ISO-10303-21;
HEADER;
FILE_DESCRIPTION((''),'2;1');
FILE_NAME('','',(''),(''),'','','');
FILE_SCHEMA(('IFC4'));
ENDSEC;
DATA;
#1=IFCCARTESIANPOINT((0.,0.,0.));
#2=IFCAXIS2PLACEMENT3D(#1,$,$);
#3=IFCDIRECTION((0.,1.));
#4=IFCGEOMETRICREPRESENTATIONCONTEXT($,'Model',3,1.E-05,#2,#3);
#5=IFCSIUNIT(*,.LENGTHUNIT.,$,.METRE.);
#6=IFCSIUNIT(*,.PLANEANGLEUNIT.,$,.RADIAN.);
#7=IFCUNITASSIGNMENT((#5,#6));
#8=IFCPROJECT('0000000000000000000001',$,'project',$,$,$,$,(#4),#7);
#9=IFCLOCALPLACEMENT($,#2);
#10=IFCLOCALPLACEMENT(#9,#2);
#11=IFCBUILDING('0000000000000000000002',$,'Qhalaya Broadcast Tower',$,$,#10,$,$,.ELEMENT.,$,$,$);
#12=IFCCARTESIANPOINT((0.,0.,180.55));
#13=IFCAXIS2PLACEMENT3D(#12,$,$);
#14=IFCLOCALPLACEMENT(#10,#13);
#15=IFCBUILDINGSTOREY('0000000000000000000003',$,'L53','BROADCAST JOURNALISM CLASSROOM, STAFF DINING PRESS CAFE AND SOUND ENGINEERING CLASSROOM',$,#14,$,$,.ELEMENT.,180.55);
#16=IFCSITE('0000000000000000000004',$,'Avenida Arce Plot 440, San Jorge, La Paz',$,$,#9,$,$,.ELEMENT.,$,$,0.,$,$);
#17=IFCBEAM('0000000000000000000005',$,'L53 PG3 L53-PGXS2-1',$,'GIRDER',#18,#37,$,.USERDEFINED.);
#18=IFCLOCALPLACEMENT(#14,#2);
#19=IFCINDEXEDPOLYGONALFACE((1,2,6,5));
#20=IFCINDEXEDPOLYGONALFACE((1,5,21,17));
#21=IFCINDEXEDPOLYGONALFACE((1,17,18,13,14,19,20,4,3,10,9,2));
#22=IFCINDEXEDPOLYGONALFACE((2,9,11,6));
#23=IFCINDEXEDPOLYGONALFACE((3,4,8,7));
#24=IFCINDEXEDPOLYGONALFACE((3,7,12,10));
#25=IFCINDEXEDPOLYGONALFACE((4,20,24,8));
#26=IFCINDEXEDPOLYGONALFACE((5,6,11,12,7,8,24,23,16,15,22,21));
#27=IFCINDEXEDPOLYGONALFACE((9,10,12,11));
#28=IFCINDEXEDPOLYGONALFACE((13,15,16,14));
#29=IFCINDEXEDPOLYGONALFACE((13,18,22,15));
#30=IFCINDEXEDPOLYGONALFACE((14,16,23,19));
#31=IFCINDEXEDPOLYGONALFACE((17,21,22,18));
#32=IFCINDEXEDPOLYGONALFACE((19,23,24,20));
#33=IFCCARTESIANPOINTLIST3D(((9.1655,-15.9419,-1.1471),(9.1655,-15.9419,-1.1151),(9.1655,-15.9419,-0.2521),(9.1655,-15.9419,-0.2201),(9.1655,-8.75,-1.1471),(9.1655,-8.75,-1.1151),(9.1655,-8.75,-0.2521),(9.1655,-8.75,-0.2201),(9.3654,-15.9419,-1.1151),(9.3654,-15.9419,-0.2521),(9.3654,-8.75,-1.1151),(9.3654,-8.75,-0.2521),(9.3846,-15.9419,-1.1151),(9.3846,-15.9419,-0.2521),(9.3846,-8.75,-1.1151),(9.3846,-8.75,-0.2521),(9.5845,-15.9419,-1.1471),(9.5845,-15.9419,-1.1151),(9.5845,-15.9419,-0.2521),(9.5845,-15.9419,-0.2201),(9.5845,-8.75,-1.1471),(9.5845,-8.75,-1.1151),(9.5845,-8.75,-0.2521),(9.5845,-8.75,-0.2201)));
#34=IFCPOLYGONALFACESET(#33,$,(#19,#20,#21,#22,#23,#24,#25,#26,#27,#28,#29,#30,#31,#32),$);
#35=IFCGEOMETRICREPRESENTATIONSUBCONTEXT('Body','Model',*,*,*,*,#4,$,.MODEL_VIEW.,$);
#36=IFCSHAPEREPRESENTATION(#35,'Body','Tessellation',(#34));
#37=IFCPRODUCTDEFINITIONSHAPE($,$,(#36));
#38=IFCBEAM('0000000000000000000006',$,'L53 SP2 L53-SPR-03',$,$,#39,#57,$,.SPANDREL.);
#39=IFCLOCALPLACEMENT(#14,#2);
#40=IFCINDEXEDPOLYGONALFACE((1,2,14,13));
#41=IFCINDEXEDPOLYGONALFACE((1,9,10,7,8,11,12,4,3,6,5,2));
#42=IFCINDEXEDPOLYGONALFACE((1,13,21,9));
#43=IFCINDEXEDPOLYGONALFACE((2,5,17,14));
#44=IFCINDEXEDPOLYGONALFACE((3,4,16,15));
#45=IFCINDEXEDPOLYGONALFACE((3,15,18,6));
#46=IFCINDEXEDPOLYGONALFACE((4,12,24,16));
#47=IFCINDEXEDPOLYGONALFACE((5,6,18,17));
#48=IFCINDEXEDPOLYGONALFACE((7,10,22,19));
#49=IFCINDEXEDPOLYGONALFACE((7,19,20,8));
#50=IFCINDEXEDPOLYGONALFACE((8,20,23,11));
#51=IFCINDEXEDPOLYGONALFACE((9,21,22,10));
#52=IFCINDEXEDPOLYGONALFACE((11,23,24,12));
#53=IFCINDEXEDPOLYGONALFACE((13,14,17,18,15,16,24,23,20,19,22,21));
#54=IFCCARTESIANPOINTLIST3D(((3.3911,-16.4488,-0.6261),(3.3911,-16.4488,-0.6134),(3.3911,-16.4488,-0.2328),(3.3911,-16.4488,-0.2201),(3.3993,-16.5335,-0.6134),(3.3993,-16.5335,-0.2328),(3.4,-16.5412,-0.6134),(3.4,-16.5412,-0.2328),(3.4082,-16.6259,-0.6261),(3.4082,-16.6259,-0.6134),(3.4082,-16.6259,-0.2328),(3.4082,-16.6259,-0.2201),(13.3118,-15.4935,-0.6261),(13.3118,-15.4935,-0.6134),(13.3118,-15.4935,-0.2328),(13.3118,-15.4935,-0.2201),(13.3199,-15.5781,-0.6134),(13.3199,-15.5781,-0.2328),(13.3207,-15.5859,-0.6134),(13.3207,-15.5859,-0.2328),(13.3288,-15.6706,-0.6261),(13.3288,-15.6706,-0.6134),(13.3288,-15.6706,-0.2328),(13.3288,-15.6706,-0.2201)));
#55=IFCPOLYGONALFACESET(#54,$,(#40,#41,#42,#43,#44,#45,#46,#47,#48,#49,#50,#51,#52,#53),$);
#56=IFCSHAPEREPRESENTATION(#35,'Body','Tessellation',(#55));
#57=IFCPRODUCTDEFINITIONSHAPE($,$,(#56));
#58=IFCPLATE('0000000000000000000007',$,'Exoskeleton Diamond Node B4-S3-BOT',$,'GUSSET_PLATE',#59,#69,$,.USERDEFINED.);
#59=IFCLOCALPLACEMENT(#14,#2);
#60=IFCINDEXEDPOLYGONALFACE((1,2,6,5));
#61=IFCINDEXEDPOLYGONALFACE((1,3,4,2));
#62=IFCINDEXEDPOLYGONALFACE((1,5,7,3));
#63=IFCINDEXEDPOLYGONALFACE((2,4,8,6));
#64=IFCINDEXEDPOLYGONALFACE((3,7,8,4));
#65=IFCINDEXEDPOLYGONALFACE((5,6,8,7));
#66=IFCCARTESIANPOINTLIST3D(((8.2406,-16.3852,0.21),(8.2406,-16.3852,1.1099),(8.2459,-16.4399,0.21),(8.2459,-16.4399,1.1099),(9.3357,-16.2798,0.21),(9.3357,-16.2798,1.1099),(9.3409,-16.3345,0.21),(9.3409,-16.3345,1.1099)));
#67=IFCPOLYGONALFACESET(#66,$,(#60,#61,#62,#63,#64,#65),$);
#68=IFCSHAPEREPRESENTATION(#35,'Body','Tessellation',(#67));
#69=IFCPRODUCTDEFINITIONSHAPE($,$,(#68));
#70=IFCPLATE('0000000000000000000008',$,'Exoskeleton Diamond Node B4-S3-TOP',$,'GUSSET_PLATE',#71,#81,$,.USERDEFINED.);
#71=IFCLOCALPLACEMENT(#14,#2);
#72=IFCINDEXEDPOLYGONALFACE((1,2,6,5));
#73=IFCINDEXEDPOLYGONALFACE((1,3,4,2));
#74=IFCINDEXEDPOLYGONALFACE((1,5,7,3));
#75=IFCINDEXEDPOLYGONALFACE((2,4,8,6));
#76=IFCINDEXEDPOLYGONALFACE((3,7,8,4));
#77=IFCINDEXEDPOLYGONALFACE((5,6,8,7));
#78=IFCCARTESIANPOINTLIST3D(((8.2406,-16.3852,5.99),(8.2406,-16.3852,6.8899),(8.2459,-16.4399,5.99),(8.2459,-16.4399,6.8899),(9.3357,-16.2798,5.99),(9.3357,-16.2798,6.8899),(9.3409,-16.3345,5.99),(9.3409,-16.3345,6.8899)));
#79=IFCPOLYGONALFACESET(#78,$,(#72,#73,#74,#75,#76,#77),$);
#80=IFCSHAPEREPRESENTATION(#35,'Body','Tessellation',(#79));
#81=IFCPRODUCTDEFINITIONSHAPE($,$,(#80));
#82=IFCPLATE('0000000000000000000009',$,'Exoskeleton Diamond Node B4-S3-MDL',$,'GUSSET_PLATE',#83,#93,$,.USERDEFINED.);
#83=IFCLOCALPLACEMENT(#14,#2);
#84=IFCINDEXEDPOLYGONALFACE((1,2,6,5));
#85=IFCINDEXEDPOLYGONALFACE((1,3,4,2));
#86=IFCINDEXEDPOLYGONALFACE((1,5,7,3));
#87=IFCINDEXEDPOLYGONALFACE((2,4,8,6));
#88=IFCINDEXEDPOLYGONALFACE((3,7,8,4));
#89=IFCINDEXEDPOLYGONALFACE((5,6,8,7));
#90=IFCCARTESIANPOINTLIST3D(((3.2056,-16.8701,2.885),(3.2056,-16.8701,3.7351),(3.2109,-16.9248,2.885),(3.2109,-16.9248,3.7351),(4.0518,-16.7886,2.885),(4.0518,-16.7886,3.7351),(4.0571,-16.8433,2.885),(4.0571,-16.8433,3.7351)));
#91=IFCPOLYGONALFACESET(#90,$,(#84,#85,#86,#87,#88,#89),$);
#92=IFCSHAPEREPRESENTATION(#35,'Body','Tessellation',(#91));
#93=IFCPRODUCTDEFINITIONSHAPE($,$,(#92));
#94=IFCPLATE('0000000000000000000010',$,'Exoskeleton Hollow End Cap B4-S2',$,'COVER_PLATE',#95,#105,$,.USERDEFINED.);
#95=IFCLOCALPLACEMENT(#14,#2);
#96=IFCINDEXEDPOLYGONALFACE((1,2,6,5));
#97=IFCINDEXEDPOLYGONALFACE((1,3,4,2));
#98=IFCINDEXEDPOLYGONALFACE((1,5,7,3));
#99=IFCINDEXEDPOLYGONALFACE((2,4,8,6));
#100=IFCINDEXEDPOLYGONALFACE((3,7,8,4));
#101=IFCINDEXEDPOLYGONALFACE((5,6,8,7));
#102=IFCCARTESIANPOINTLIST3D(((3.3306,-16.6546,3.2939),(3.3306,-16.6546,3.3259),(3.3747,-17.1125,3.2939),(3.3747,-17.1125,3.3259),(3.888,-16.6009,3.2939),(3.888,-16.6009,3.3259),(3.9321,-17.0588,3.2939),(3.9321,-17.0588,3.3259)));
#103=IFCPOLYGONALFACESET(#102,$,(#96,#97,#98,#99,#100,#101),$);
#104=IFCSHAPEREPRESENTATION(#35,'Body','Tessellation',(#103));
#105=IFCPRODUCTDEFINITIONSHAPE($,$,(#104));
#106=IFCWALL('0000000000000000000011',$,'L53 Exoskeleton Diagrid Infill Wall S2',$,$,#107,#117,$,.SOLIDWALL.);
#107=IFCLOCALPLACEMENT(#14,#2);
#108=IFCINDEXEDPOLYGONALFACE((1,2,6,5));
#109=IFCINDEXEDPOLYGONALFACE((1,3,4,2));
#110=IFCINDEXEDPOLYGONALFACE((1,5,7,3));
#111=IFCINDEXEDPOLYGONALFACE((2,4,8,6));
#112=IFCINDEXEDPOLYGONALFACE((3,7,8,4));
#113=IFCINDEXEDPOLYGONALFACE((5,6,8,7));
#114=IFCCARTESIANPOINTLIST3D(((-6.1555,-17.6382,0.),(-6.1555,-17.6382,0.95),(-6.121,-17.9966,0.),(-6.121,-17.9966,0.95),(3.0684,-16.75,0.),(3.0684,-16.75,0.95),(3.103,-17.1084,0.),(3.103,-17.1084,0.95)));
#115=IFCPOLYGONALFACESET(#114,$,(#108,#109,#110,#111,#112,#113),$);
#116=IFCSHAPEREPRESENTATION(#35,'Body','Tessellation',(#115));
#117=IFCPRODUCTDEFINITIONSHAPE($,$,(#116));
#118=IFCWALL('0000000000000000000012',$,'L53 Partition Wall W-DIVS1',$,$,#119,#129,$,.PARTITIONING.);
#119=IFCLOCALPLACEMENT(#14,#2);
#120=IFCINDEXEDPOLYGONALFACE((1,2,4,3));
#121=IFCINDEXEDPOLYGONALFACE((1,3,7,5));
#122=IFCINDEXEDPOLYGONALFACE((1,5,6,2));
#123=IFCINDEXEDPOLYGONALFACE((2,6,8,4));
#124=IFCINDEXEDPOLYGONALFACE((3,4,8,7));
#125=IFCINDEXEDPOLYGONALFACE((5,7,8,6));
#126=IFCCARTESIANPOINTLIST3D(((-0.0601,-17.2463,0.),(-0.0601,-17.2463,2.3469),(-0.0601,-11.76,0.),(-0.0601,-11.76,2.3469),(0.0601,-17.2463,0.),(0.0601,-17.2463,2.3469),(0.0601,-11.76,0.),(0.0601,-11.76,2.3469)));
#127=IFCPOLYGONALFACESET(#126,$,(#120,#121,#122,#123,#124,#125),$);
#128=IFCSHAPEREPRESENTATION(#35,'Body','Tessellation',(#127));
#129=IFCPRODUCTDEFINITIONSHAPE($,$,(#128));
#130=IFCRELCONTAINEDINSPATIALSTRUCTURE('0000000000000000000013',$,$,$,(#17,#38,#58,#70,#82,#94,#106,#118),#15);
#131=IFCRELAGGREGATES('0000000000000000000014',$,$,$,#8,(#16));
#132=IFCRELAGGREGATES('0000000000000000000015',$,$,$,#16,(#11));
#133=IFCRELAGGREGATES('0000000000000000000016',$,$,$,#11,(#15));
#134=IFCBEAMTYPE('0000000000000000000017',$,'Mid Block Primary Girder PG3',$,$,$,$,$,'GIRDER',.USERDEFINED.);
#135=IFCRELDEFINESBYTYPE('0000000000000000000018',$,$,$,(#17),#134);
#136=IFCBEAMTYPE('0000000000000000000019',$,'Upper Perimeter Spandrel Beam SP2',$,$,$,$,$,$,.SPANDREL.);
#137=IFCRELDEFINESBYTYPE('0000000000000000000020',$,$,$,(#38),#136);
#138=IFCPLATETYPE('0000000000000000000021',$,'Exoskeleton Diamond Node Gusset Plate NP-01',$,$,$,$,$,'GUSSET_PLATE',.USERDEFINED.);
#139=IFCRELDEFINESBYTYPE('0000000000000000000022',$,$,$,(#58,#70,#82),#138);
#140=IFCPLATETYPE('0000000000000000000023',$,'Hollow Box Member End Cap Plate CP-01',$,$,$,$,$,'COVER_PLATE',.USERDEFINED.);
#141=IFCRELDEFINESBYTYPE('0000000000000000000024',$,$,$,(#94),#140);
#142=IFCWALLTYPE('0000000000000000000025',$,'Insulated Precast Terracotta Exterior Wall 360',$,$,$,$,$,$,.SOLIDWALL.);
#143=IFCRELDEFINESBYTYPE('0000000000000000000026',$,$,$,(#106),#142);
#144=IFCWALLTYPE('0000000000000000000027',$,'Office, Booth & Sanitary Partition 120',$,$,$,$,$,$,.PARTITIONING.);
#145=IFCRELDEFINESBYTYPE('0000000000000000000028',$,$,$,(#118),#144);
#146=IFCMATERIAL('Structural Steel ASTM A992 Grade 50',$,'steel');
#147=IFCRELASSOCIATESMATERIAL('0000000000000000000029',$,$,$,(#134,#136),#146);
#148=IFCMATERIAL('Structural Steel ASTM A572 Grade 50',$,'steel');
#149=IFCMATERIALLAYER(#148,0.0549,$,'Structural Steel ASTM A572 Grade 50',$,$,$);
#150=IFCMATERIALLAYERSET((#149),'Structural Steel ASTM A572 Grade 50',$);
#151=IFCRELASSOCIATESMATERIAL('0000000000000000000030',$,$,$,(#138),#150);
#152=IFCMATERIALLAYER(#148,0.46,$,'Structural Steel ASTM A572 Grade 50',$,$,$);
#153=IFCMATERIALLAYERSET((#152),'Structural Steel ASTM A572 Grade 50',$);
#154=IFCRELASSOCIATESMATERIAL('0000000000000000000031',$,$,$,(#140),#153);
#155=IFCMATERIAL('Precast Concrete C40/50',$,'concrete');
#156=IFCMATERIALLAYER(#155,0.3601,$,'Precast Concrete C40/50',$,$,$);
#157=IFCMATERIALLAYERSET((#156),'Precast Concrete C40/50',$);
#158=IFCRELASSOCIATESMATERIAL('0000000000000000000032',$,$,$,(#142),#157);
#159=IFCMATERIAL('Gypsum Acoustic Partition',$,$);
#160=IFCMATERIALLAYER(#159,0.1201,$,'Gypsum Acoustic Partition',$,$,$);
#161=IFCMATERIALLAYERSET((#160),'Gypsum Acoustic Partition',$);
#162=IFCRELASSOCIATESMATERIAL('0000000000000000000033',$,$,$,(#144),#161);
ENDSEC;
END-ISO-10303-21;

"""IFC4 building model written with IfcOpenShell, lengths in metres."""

from ifc_helpers import new_model, si_unit, direction, frame, frame_2d, origin, origin_2d, place, context, subcontext, project, spatial, rectangle, i_section, extrude, material, layer, layer_set, material_profile, profile_set, type_object, element, save


model = new_model("IFC4")

# Units and contexts
model_context = context("Model", 3, precision=1e-05, world=origin(), true_north=direction((0.0, 1.0)))
body_context = subcontext(model_context, "Body", "Model", "MODEL_VIEW")
ifc_project = project(units=[si_unit("LENGTHUNIT", "METRE"), si_unit("PLANEANGLEUNIT", "RADIAN")], contexts=[model_context])

# Site, building, storey
site_placement = place(None, origin())
site = spatial("IfcSite", under=ifc_project, at=site_placement, Name="Avenida Arce Plot 440, San Jorge, La Paz", CompositionType="ELEMENT", RefElevation=0.0)
building_placement = place(site_placement, origin())
building = spatial("IfcBuilding", under=site, at=building_placement, Name="Qhalaya Broadcast Tower", CompositionType="ELEMENT")
storey_placement = place(building_placement, frame((0.0, 0.0, 180.55)))
storey = spatial("IfcBuildingStorey", under=building, at=storey_placement, Name="L53", Description="BROADCAST JOURNALISM CLASSROOM, STAFF DINING PRESS CAFE AND SOUND ENGINEERING CLASSROOM", CompositionType="ELEMENT", Elevation=180.55)

# Shared definitions
ifc_material_1 = material(Name="Structural Steel ASTM A572 Grade 50", Category="steel")

# Shared definitions
ifc_material_2 = material(Name="Structural Steel ASTM A992 Grade 50", Category="steel")

# Beams
ifc_material_profile_1 = material_profile(ifc_material_2, i_section(OverallWidth=0.4189, OverallDepth=0.927, WebThickness=0.0193, FlangeThickness=0.032, at=origin_2d()), Name="W36X231")
ifc_profile_set_1 = profile_set([ifc_material_profile_1], Name="Structural Steel ASTM A992 Grade 50")
beam_type_1 = type_object("IfcBeamType", Name="Mid Block Primary Girder PG3", ElementType="GIRDER", PredefinedType="USERDEFINED", material=ifc_profile_set_1)
beam_1_placement = place(storey_placement, frame((9.375, -15.9419, -0.6836), z_axis=(0.0, 1.0, 0.0), x_axis=(-1.0, 0.0, 0.0)))
element("IfcBeam", 1, at=beam_1_placement, inside=storey, type_object=beam_type_1, Name="L53 PG3 L53-PGXS2-1", ObjectType="GIRDER", PredefinedType="USERDEFINED", context=body_context, shape_type="SweptSolid", body=[
    extrude(i_section(OverallWidth=0.4189, OverallDepth=0.927, WebThickness=0.0193, FlangeThickness=0.032, at=origin_2d()), origin(), (0.0, 0.0, 1.0), 7.1919),
])
ifc_material_profile_2 = material_profile(ifc_material_2, i_section(OverallWidth=0.178, OverallDepth=0.406, WebThickness=0.0078, FlangeThickness=0.0127, at=origin_2d()), Name="W16X40")
ifc_profile_set_2 = profile_set([ifc_material_profile_2], Name="Structural Steel ASTM A992 Grade 50")
beam_type_2 = type_object("IfcBeamType", Name="Upper Perimeter Spandrel Beam SP2", PredefinedType="SPANDREL", material=ifc_profile_set_2)
beam_2_placement = place(storey_placement, frame((3.3997, -16.5374, -0.4231), z_axis=(0.995396, 0.095853, 0.0), x_axis=(-0.095853, 0.995396, 0.0)))
element("IfcBeam", 2, at=beam_2_placement, inside=storey, type_object=beam_type_2, Name="L53 SP2 L53-SPR-03", PredefinedType="SPANDREL", context=body_context, shape_type="SweptSolid", body=[
    extrude(i_section(OverallWidth=0.178, OverallDepth=0.406, WebThickness=0.0078, FlangeThickness=0.0127, at=origin_2d()), origin(), (0.0, 0.0, 1.0), 9.9666),
])

# Plates
ifc_layer_1 = layer(ifc_material_1, 0.0549, Name="Structural Steel ASTM A572 Grade 50")
ifc_layer_set_1 = layer_set([ifc_layer_1], Name="Structural Steel ASTM A572 Grade 50")
plate_type_1 = type_object("IfcPlateType", Name="Exoskeleton Diamond Node Gusset Plate NP-01", ElementType="GUSSET_PLATE", PredefinedType="USERDEFINED", material=ifc_layer_set_1)
for number, where, z_axis, x_axis, name in (
    (3, (8.7908, -16.3599, 0.21), (0.0, 0.0, 1.0), (0.995396, 0.095846, 0.0), "Exoskeleton Diamond Node B4-S3-BOT"),
    (4, (8.7908, -16.3599, 5.99), (0.0, 0.0, 1.0), (0.995396, 0.095846, 0.0), "Exoskeleton Diamond Node B4-S3-TOP"),
):
    element("IfcPlate", number, at=place(storey_placement, frame(where, z_axis=z_axis, x_axis=x_axis)), inside=storey, type_object=plate_type_1, Name=name, ObjectType="GUSSET_PLATE", PredefinedType="USERDEFINED", context=body_context, shape_type="SweptSolid", body=[
        extrude(rectangle(XDim=1.1001, YDim=0.0549, at=origin_2d()), origin(), (0.0, 0.0, 1.0), 0.8999),
    ])
plate_1_placement = place(storey_placement, frame((3.6313, -16.8567, 2.885), z_axis=(0.0, 0.0, 1.0), x_axis=(0.995396, 0.095846, 0.0)))
element("IfcPlate", 5, at=plate_1_placement, inside=storey, type_object=plate_type_1, Name="Exoskeleton Diamond Node B4-S3-MDL", ObjectType="GUSSET_PLATE", PredefinedType="USERDEFINED", context=body_context, shape_type="SweptSolid", body=[
    extrude(rectangle(XDim=0.8501, YDim=0.0549, at=origin_2d()), origin(), (0.0, 0.0, 1.0), 0.8501),
])
ifc_layer_2 = layer(ifc_material_1, 0.46, Name="Structural Steel ASTM A572 Grade 50")
ifc_layer_set_2 = layer_set([ifc_layer_2], Name="Structural Steel ASTM A572 Grade 50")
plate_type_2 = type_object("IfcPlateType", Name="Hollow Box Member End Cap Plate CP-01", ElementType="COVER_PLATE", PredefinedType="USERDEFINED", material=ifc_layer_set_2)
plate_2_placement = place(storey_placement, frame((3.6313, -16.8567, 3.2939), z_axis=(0.0, 0.0, 1.0), x_axis=(0.995396, 0.095846, 0.0)))
element("IfcPlate", 6, at=plate_2_placement, inside=storey, type_object=plate_type_2, Name="Exoskeleton Hollow End Cap B4-S2", ObjectType="COVER_PLATE", PredefinedType="USERDEFINED", context=body_context, shape_type="SweptSolid", body=[
    extrude(rectangle(XDim=0.5601, YDim=0.46, at=origin_2d()), origin(), (0.0, 0.0, 1.0), 0.032),
])

# Walls
ifc_material_3 = material(Name="Precast Concrete C40/50", Category="concrete")
ifc_layer_3 = layer(ifc_material_3, 0.3601, Name="Precast Concrete C40/50")
ifc_layer_set_3 = layer_set([ifc_layer_3], Name="Precast Concrete C40/50")
wall_type_1 = type_object("IfcWallType", Name="Insulated Precast Terracotta Exterior Wall 360", PredefinedType="SOLIDWALL", material=ifc_layer_set_3)
wall_1_placement = place(storey_placement, frame((3.0857, -16.9292, 0.0), z_axis=(0.0, 0.0, 1.0), x_axis=(-0.995396, -0.095848, 0.0)))
element("IfcWall", 7, at=wall_1_placement, inside=storey, type_object=wall_type_1, Name="L53 Exoskeleton Diagrid Infill Wall S2", PredefinedType="SOLIDWALL", context=body_context, shape_type="SweptSolid", body=[
    extrude(rectangle(XDim=9.2666, YDim=0.3601, at=frame_2d((4.6333, 0.0))), origin(), (0.0, 0.0, 1.0), 0.95),
])
ifc_material_4 = material(Name="Gypsum Acoustic Partition")
ifc_layer_4 = layer(ifc_material_4, 0.1201, Name="Gypsum Acoustic Partition")
ifc_layer_set_4 = layer_set([ifc_layer_4], Name="Gypsum Acoustic Partition")
wall_type_2 = type_object("IfcWallType", Name="Office, Booth & Sanitary Partition 120", PredefinedType="PARTITIONING", material=ifc_layer_set_4)
wall_2_placement = place(storey_placement, frame((0.0, -17.2463, 0.0), z_axis=(0.0, 0.0, 1.0), x_axis=(0.0, 1.0, 0.0)))
element("IfcWall", 8, at=wall_2_placement, inside=storey, type_object=wall_type_2, Name="L53 Partition Wall W-DIVS1", PredefinedType="PARTITIONING", context=body_context, shape_type="SweptSolid", body=[
    extrude(rectangle(XDim=5.4863, YDim=0.1201, at=frame_2d((2.7432, 0.0))), origin(), (0.0, 0.0, 1.0), 2.3469),
])

save(model, "model.ifc")
